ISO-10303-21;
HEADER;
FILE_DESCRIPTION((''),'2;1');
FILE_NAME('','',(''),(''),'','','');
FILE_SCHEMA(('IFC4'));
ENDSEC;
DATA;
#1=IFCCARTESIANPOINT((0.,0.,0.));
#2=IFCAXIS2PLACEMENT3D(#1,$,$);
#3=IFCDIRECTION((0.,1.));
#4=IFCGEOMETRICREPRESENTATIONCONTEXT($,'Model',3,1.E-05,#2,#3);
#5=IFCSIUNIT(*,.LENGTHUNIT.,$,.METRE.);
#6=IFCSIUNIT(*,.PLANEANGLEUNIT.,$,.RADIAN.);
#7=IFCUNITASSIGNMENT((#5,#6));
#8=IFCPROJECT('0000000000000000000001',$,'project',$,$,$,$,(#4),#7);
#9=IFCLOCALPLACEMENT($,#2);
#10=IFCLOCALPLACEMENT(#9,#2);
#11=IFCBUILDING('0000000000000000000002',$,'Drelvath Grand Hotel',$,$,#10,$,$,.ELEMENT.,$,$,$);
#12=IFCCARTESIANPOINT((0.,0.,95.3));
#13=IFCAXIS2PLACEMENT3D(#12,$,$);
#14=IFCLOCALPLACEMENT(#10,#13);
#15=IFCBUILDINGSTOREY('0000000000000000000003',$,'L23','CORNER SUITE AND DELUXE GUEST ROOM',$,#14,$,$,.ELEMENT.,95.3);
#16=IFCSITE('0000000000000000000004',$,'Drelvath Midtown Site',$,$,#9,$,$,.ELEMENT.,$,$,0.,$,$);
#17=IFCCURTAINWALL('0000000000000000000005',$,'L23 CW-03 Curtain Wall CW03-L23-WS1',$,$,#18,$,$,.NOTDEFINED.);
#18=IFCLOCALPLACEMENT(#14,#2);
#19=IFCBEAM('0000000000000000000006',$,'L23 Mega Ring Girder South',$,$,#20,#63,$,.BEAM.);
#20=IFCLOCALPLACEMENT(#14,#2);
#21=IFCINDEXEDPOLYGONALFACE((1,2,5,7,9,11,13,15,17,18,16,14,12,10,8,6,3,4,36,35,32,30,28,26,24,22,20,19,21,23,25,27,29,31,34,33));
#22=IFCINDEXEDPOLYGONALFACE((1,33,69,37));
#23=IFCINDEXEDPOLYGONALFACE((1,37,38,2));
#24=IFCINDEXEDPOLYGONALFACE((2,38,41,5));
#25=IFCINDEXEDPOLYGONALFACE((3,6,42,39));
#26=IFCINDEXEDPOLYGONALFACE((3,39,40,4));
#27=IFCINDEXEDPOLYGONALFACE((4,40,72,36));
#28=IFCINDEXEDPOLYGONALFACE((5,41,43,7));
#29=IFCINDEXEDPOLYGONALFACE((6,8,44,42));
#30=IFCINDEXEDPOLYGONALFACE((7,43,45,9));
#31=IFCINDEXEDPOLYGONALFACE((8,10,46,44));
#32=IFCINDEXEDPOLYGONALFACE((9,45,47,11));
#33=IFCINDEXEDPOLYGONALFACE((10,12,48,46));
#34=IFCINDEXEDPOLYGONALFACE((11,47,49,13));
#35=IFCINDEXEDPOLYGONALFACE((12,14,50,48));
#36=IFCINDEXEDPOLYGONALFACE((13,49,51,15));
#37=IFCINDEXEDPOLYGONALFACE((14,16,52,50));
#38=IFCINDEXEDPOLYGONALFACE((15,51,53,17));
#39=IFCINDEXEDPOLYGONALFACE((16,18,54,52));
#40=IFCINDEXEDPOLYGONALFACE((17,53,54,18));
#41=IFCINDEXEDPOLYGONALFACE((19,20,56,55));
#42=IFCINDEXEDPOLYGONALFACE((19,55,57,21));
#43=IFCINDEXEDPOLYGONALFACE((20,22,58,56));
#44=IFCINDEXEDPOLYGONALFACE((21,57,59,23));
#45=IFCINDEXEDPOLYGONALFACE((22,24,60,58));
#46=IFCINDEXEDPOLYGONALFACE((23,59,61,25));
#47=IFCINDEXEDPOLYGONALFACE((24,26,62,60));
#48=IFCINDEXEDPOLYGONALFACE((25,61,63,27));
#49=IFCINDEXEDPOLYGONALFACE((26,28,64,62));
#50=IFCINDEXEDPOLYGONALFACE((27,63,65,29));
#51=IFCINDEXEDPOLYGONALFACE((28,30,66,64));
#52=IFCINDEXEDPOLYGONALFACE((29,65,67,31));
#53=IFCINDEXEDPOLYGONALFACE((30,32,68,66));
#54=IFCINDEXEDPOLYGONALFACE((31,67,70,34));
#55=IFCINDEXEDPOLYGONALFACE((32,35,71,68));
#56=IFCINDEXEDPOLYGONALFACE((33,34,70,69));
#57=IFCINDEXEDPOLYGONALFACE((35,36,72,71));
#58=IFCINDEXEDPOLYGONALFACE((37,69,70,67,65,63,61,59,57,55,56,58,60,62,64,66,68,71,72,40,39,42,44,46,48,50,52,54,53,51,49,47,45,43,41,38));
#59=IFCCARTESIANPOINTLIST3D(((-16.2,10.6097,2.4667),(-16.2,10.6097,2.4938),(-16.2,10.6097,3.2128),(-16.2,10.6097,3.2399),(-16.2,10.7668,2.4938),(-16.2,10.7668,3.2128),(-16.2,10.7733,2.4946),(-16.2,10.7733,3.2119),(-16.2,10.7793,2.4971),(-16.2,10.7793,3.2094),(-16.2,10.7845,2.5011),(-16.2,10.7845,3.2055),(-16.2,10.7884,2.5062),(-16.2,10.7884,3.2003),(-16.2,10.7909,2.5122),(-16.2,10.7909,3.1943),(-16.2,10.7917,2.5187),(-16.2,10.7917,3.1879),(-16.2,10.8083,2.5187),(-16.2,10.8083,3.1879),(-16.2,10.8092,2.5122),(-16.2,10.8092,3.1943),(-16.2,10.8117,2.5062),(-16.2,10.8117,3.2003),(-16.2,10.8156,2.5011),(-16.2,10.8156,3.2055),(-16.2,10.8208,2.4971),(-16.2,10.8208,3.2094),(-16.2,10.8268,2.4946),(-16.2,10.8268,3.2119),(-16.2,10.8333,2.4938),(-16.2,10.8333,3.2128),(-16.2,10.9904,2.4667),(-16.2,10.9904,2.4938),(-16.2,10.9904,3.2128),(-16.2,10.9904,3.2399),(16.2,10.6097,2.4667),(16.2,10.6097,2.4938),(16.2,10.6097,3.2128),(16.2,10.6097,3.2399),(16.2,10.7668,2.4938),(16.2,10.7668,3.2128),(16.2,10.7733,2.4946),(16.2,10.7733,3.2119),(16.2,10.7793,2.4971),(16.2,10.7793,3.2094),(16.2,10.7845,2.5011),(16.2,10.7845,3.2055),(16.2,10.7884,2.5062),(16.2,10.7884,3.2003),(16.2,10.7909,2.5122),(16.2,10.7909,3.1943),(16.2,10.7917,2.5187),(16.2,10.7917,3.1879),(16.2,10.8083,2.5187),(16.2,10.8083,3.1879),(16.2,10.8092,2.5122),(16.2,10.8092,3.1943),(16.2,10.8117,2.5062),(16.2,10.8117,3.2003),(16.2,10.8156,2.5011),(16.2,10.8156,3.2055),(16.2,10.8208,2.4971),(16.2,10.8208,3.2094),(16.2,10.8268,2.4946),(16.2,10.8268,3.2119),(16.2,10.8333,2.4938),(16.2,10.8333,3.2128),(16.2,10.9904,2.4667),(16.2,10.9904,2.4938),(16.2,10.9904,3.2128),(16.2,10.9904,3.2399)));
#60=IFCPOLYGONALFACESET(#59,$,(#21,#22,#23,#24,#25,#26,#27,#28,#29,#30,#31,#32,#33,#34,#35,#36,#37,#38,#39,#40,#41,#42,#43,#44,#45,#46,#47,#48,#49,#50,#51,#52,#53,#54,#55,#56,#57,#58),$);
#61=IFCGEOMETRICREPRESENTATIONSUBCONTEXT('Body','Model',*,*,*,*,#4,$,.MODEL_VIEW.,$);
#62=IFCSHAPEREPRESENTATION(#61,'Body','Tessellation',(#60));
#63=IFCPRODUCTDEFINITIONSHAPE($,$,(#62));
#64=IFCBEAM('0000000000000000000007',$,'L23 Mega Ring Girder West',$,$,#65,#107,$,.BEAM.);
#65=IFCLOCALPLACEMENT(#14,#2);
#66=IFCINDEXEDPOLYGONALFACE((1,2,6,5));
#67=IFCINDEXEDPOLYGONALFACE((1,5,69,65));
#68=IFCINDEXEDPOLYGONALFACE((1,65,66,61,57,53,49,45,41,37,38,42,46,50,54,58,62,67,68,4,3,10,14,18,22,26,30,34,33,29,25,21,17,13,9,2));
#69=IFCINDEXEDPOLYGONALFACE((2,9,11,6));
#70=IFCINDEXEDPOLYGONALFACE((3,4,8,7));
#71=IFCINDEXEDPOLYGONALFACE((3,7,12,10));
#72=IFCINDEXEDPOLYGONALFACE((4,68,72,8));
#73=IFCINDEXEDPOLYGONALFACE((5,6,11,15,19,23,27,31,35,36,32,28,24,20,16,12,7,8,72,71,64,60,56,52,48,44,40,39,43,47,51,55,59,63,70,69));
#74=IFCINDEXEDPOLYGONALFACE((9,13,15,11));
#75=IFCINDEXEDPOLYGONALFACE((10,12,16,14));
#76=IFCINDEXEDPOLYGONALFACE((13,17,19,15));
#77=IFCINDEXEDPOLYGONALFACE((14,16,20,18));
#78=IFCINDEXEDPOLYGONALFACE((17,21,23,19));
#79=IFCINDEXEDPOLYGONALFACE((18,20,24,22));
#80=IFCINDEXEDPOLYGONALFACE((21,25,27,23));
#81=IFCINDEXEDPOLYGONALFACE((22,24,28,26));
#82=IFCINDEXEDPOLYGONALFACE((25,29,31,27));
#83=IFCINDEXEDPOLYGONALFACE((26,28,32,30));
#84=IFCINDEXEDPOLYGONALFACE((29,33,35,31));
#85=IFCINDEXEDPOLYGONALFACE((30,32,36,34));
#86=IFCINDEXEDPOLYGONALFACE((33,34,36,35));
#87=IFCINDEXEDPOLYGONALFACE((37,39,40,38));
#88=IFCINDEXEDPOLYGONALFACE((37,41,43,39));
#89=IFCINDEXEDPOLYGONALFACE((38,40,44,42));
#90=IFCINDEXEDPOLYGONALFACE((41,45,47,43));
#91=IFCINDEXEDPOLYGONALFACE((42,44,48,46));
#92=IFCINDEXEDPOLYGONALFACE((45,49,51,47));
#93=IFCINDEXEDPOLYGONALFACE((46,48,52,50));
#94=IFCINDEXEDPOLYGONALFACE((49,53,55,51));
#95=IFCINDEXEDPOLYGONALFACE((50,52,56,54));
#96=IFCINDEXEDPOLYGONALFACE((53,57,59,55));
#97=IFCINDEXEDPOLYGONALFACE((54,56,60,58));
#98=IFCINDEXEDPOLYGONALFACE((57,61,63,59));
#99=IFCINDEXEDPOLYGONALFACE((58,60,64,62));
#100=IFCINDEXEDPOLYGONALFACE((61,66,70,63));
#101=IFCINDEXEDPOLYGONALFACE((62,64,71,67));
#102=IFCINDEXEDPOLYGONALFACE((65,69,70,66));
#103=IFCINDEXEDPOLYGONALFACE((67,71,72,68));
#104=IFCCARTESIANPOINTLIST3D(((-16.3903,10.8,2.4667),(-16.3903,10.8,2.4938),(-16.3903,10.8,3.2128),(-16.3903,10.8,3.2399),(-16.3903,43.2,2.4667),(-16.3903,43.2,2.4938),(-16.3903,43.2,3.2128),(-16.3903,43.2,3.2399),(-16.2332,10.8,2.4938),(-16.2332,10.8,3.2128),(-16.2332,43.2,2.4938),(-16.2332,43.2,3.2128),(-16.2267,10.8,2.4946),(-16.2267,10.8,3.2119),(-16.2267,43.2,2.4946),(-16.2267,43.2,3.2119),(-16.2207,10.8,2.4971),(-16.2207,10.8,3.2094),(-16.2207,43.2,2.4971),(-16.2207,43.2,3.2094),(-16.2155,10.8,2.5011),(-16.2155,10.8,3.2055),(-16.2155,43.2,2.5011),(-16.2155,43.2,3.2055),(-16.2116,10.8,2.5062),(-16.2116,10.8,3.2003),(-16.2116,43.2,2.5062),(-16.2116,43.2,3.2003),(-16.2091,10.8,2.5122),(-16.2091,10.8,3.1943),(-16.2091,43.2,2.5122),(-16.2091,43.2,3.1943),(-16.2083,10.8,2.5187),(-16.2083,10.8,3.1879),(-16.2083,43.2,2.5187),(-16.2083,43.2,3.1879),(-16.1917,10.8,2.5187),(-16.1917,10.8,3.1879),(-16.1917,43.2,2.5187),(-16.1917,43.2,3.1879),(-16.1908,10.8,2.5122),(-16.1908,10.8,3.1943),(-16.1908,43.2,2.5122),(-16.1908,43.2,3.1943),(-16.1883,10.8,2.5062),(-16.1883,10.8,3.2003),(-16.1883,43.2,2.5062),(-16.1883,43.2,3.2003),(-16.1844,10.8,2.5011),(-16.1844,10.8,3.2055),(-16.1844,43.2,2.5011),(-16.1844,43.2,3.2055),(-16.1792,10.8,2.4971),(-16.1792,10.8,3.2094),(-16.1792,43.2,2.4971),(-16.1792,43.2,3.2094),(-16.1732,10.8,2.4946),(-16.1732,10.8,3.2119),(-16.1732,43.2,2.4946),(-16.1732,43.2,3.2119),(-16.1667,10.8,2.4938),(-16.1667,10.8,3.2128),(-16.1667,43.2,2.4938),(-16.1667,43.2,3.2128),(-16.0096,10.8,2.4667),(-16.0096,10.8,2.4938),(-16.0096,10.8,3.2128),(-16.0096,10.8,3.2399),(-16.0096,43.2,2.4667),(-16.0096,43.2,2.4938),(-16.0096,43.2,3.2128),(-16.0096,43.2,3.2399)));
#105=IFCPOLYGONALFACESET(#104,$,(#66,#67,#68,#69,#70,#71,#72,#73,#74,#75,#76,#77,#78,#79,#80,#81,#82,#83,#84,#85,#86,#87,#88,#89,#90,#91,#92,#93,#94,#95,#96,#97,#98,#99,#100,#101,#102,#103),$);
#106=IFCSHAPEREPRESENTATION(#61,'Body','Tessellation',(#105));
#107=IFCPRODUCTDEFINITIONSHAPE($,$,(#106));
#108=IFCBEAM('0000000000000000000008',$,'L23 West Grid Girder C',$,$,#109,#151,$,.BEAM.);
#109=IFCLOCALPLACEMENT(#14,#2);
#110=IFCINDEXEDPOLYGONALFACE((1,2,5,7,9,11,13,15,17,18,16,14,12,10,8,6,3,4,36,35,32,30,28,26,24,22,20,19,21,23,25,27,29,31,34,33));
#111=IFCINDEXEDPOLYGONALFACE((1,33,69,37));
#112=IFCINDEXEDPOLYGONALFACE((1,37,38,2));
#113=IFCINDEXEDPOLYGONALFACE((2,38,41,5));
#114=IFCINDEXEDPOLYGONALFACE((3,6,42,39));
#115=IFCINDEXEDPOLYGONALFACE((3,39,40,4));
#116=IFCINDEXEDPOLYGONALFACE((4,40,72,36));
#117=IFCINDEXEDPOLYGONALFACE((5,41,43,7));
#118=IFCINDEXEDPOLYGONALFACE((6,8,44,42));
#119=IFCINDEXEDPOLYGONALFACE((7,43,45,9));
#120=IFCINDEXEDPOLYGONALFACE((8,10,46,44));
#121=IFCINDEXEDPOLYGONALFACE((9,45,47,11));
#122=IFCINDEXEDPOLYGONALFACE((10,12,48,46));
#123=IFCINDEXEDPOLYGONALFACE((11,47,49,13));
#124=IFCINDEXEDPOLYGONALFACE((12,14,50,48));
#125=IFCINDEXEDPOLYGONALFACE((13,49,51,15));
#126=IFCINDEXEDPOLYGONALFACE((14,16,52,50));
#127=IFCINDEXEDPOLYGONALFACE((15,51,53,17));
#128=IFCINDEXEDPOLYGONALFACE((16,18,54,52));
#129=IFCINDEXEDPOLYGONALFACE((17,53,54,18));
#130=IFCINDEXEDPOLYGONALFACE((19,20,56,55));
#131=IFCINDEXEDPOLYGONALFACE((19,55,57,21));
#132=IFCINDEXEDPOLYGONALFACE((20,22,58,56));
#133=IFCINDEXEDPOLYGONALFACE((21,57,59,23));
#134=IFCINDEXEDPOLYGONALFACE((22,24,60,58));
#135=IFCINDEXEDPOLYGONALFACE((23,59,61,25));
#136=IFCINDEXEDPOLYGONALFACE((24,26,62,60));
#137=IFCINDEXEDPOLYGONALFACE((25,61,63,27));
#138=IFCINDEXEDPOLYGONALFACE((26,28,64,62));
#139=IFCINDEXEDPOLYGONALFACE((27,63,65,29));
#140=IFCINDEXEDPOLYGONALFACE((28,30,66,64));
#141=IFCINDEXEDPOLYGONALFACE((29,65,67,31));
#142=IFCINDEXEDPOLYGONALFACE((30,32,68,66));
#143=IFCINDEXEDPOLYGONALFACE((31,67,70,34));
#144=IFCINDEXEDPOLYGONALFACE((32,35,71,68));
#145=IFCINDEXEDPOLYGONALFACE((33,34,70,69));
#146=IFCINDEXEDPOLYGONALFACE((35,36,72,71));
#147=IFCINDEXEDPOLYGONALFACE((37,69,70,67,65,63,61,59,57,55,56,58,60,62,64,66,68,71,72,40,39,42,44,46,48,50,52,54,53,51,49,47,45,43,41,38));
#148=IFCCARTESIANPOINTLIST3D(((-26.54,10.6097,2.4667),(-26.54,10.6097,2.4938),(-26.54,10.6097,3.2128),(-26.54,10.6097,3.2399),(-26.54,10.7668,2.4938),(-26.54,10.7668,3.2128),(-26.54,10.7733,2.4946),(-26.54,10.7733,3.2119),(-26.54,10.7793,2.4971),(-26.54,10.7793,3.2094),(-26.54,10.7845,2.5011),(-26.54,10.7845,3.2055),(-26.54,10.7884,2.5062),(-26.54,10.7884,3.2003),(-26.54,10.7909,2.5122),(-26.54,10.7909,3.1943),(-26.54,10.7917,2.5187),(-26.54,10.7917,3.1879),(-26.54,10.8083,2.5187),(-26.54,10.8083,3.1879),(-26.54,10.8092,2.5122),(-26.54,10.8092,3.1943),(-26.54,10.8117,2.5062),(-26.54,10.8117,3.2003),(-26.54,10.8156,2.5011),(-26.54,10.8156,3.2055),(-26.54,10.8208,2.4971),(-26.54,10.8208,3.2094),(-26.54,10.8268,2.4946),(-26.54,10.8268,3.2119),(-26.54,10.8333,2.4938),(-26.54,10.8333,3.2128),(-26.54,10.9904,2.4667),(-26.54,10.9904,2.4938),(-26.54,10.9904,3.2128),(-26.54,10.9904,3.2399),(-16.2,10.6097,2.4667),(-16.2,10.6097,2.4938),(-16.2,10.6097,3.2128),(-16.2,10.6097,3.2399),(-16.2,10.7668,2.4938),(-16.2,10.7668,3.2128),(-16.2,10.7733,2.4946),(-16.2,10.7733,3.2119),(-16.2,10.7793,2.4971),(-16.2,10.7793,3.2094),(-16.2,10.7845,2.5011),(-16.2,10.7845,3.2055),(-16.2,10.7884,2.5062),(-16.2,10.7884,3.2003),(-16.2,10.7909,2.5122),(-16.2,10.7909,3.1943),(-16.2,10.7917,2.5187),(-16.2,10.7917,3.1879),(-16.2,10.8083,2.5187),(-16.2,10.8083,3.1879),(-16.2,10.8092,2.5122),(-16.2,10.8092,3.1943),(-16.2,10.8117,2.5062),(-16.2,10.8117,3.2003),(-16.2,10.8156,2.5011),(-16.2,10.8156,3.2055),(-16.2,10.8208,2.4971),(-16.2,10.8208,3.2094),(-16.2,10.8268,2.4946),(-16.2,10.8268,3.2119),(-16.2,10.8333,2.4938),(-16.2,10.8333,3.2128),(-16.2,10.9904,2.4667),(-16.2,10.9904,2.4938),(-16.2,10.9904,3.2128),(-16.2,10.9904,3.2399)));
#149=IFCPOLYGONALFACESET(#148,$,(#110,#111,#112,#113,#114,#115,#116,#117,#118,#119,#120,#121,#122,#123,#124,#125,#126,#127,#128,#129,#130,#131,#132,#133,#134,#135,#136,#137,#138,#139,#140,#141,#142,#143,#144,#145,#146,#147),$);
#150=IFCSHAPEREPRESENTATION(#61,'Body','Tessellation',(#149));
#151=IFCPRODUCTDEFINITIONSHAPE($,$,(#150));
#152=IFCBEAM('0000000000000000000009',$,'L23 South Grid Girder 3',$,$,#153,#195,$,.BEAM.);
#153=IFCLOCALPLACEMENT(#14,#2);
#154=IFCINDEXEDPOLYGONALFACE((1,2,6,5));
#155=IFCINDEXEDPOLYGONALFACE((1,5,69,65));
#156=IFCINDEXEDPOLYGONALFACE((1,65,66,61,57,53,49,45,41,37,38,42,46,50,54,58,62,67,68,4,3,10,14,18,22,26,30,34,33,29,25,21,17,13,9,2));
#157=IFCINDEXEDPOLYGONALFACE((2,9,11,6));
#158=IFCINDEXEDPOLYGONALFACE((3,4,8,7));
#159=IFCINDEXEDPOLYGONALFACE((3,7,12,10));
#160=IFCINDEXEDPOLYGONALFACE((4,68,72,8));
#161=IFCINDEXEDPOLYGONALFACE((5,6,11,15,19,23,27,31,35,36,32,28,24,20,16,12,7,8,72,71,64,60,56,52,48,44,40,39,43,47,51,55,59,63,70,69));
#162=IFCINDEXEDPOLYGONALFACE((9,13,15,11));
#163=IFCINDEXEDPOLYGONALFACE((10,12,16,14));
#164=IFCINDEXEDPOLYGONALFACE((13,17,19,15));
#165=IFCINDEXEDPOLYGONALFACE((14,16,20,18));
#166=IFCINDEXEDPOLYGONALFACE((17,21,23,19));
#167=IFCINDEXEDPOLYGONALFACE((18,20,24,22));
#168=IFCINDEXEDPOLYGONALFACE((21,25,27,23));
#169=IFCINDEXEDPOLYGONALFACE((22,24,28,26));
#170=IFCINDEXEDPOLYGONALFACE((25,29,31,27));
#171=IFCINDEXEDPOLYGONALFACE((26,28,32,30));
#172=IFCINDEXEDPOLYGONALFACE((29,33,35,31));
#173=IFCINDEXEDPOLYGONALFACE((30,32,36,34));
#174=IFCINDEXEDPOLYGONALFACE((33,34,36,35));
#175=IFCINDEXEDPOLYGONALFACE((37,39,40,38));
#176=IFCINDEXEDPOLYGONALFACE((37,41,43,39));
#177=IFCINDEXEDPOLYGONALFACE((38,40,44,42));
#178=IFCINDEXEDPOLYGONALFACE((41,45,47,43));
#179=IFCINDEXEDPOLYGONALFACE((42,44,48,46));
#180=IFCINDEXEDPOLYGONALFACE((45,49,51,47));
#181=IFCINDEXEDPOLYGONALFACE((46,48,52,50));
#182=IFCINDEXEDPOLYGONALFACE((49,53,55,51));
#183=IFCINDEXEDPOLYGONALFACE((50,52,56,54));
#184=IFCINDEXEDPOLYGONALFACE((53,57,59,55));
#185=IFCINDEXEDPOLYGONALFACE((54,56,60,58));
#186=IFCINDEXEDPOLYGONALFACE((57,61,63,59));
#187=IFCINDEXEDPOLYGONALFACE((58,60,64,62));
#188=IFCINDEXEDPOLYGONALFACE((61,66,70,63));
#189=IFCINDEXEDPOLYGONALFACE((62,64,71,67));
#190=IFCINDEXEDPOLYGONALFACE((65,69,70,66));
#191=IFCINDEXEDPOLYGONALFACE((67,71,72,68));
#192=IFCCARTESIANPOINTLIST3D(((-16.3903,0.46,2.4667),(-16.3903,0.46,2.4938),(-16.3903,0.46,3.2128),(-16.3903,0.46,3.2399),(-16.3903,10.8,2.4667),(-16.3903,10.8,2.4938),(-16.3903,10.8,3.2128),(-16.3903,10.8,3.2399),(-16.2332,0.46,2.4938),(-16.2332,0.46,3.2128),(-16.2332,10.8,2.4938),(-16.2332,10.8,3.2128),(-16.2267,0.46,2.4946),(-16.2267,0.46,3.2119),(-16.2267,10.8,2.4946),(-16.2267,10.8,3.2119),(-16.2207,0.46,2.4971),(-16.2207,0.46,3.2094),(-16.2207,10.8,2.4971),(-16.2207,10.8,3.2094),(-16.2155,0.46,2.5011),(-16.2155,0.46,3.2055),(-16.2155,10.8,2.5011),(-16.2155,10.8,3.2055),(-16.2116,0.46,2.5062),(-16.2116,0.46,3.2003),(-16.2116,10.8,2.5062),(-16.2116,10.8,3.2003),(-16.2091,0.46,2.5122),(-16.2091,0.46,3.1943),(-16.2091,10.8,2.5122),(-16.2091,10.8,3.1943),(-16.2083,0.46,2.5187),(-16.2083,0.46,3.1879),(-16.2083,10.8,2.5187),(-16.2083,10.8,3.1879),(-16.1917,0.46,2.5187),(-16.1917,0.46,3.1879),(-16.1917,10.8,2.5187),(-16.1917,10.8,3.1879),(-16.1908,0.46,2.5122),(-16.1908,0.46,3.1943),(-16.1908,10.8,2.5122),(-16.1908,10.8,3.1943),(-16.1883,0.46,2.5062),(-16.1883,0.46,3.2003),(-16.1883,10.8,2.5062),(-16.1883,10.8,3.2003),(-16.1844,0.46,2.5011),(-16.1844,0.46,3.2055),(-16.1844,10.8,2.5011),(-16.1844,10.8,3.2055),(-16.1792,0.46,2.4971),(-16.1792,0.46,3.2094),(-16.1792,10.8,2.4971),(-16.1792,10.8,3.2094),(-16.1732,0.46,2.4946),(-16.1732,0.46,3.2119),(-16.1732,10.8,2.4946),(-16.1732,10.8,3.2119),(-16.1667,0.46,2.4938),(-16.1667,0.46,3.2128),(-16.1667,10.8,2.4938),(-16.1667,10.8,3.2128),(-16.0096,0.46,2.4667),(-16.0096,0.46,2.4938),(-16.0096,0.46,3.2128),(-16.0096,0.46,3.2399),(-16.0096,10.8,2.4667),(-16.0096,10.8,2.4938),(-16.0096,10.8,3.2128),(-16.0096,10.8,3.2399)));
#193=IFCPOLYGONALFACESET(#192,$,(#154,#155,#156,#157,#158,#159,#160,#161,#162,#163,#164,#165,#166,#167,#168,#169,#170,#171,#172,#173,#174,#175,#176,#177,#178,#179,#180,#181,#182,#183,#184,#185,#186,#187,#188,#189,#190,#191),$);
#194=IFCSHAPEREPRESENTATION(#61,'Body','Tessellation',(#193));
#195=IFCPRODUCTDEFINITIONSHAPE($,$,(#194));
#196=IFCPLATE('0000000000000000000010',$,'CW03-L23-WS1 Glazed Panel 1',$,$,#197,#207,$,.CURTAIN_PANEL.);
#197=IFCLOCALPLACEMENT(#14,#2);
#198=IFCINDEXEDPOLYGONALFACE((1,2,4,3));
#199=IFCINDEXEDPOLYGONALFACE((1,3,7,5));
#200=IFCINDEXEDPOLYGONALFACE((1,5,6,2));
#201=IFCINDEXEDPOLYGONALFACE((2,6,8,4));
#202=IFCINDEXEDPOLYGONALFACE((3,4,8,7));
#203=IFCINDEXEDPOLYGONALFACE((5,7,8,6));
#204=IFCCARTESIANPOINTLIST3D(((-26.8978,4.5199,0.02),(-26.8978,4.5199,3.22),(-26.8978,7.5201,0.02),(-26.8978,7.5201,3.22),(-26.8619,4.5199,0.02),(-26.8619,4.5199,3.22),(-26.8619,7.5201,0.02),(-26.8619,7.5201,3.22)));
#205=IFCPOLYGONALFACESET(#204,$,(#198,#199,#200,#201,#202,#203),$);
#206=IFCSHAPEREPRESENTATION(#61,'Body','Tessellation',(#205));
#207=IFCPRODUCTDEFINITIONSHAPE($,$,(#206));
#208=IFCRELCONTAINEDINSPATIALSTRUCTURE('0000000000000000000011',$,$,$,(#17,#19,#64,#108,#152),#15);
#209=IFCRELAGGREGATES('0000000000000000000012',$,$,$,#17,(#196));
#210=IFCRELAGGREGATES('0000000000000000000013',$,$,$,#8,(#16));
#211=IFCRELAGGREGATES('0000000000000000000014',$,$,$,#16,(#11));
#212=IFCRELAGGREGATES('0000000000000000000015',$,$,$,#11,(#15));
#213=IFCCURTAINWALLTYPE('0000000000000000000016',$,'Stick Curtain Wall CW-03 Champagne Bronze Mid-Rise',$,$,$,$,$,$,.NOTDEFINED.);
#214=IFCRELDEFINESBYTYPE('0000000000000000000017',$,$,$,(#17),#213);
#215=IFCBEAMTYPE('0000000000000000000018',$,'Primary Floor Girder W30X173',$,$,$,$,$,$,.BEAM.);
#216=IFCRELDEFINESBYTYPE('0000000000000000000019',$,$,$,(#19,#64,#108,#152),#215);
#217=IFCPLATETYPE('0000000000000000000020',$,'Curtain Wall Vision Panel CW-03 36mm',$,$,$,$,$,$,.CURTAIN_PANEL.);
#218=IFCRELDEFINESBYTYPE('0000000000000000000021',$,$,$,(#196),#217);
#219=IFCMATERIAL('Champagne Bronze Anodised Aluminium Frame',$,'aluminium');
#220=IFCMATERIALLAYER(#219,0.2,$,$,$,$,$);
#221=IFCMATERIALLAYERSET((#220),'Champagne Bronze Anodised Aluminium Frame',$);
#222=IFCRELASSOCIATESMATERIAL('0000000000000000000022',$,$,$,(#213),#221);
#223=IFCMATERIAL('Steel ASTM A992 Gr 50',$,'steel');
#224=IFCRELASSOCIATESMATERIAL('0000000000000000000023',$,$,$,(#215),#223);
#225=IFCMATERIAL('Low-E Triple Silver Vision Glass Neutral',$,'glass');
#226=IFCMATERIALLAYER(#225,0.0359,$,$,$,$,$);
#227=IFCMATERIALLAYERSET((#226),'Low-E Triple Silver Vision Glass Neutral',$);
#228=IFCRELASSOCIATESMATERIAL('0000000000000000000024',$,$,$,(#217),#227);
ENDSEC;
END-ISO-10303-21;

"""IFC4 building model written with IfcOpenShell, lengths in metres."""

from ifc_helpers import new_model, si_unit, direction, frame, origin, origin_2d, place, context, subcontext, project, spatial, rectangle, i_section, extrude, material, layer, layer_set, material_profile, profile_set, type_object, element, aggregate, save


model = new_model("IFC4")

# Units and contexts
model_context = context("Model", 3, precision=1e-05, world=origin(), true_north=direction((0.0, 1.0)))
body_context = subcontext(model_context, "Body", "Model", "MODEL_VIEW")
ifc_project = project(units=[si_unit("LENGTHUNIT", "METRE"), si_unit("PLANEANGLEUNIT", "RADIAN")], contexts=[model_context])

# Site, building, storey
site_placement = place(None, origin())
site = spatial("IfcSite", under=ifc_project, at=site_placement, Name="Drelvath Midtown Site", CompositionType="ELEMENT", RefElevation=0.0)
building_placement = place(site_placement, origin())
building = spatial("IfcBuilding", under=site, at=building_placement, Name="Drelvath Grand Hotel", CompositionType="ELEMENT")
storey_placement = place(building_placement, frame((0.0, 0.0, 95.3)))
storey = spatial("IfcBuildingStorey", under=building, at=storey_placement, Name="L23", Description="CORNER SUITE AND DELUXE GUEST ROOM", CompositionType="ELEMENT", Elevation=95.3)

# Curtain wall
ifc_material_1 = material(Name="Champagne Bronze Anodised Aluminium Frame", Category="aluminium")
ifc_layer_1 = layer(ifc_material_1, 0.2)
ifc_layer_set_1 = layer_set([ifc_layer_1], Name="Champagne Bronze Anodised Aluminium Frame")
curtain_wall_type = type_object("IfcCurtainWallType", Name="Stick Curtain Wall CW-03 Champagne Bronze Mid-Rise", PredefinedType="NOTDEFINED", material=ifc_layer_set_1)
curtain_wall_1_placement = place(storey_placement, origin())
curtain_wall_1 = element("IfcCurtainWall", 1, at=curtain_wall_1_placement, inside=storey, type_object=curtain_wall_type, Name="L23 CW-03 Curtain Wall CW03-L23-WS1", PredefinedType="NOTDEFINED")

# Beams
ifc_material_2 = material(Name="Steel ASTM A992 Gr 50", Category="steel")
ifc_material_profile_1 = material_profile(ifc_material_2, i_section(OverallWidth=0.3806, OverallDepth=0.7732, WebThickness=0.0166, FlangeThickness=0.0271, FilletRadius=0.0249, at=origin_2d()), Name="W30X173")
ifc_profile_set_1 = profile_set([ifc_material_profile_1], Name="Steel ASTM A992 Gr 50")
beam_type_1 = type_object("IfcBeamType", Name="Primary Floor Girder W30X173", PredefinedType="BEAM", material=ifc_profile_set_1)
for number, where, z_axis, x_axis, name in (
    (2, (-16.2, 10.8, 2.8533), (1.0, 0.0, 0.0), (0.0, 1.0, 0.0), "L23 Mega Ring Girder South"),
    (3, (-16.2, 10.8, 2.8533), (0.0, 1.0, 0.0), (-1.0, 0.0, 0.0), "L23 Mega Ring Girder West"),
):
    element("IfcBeam", number, at=place(storey_placement, frame(where, z_axis=z_axis, x_axis=x_axis)), inside=storey, type_object=beam_type_1, Name=name, PredefinedType="BEAM", context=body_context, shape_type="SweptSolid", body=[
        extrude(i_section(OverallWidth=0.3806, OverallDepth=0.7732, WebThickness=0.0166, FlangeThickness=0.0271, FilletRadius=0.0249, at=origin_2d()), origin(), (0.0, 0.0, 1.0), 32.3999),
    ])
for number, where, z_axis, x_axis, name in (
    (4, (-26.54, 10.8, 2.8533), (1.0, 0.0, 0.0), (0.0, 1.0, 0.0), "L23 West Grid Girder C"),
    (5, (-16.2, 0.46, 2.8533), (0.0, 1.0, 0.0), (-1.0, 0.0, 0.0), "L23 South Grid Girder 3"),
):
    element("IfcBeam", number, at=place(storey_placement, frame(where, z_axis=z_axis, x_axis=x_axis)), inside=storey, type_object=beam_type_1, Name=name, PredefinedType="BEAM", context=body_context, shape_type="SweptSolid", body=[
        extrude(i_section(OverallWidth=0.3806, OverallDepth=0.7732, WebThickness=0.0166, FlangeThickness=0.0271, FilletRadius=0.0249, at=origin_2d()), origin(), (0.0, 0.0, 1.0), 10.3401),
    ])

# Plate
ifc_material_3 = material(Name="Low-E Triple Silver Vision Glass Neutral", Category="glass")
ifc_layer_2 = layer(ifc_material_3, 0.0359)
ifc_layer_set_2 = layer_set([ifc_layer_2], Name="Low-E Triple Silver Vision Glass Neutral")
plate_type = type_object("IfcPlateType", Name="Curtain Wall Vision Panel CW-03 36mm", PredefinedType="CURTAIN_PANEL", material=ifc_layer_set_2)
plate_1_placement = place(storey_placement, frame((-26.8799, 6.02, 0.02), z_axis=(0.0, 0.0, 1.0), x_axis=(0.0, 1.0, 0.0)))
plate_1 = element("IfcPlate", 6, at=plate_1_placement, type_object=plate_type, Name="CW03-L23-WS1 Glazed Panel 1", PredefinedType="CURTAIN_PANEL", context=body_context, shape_type="SweptSolid", body=[
    extrude(rectangle(XDim=3.0002, YDim=0.0359, at=origin_2d()), origin(), (0.0, 0.0, 1.0), 3.2),
])
aggregate(curtain_wall_1, [plate_1])

save(model, "model.ifc")
